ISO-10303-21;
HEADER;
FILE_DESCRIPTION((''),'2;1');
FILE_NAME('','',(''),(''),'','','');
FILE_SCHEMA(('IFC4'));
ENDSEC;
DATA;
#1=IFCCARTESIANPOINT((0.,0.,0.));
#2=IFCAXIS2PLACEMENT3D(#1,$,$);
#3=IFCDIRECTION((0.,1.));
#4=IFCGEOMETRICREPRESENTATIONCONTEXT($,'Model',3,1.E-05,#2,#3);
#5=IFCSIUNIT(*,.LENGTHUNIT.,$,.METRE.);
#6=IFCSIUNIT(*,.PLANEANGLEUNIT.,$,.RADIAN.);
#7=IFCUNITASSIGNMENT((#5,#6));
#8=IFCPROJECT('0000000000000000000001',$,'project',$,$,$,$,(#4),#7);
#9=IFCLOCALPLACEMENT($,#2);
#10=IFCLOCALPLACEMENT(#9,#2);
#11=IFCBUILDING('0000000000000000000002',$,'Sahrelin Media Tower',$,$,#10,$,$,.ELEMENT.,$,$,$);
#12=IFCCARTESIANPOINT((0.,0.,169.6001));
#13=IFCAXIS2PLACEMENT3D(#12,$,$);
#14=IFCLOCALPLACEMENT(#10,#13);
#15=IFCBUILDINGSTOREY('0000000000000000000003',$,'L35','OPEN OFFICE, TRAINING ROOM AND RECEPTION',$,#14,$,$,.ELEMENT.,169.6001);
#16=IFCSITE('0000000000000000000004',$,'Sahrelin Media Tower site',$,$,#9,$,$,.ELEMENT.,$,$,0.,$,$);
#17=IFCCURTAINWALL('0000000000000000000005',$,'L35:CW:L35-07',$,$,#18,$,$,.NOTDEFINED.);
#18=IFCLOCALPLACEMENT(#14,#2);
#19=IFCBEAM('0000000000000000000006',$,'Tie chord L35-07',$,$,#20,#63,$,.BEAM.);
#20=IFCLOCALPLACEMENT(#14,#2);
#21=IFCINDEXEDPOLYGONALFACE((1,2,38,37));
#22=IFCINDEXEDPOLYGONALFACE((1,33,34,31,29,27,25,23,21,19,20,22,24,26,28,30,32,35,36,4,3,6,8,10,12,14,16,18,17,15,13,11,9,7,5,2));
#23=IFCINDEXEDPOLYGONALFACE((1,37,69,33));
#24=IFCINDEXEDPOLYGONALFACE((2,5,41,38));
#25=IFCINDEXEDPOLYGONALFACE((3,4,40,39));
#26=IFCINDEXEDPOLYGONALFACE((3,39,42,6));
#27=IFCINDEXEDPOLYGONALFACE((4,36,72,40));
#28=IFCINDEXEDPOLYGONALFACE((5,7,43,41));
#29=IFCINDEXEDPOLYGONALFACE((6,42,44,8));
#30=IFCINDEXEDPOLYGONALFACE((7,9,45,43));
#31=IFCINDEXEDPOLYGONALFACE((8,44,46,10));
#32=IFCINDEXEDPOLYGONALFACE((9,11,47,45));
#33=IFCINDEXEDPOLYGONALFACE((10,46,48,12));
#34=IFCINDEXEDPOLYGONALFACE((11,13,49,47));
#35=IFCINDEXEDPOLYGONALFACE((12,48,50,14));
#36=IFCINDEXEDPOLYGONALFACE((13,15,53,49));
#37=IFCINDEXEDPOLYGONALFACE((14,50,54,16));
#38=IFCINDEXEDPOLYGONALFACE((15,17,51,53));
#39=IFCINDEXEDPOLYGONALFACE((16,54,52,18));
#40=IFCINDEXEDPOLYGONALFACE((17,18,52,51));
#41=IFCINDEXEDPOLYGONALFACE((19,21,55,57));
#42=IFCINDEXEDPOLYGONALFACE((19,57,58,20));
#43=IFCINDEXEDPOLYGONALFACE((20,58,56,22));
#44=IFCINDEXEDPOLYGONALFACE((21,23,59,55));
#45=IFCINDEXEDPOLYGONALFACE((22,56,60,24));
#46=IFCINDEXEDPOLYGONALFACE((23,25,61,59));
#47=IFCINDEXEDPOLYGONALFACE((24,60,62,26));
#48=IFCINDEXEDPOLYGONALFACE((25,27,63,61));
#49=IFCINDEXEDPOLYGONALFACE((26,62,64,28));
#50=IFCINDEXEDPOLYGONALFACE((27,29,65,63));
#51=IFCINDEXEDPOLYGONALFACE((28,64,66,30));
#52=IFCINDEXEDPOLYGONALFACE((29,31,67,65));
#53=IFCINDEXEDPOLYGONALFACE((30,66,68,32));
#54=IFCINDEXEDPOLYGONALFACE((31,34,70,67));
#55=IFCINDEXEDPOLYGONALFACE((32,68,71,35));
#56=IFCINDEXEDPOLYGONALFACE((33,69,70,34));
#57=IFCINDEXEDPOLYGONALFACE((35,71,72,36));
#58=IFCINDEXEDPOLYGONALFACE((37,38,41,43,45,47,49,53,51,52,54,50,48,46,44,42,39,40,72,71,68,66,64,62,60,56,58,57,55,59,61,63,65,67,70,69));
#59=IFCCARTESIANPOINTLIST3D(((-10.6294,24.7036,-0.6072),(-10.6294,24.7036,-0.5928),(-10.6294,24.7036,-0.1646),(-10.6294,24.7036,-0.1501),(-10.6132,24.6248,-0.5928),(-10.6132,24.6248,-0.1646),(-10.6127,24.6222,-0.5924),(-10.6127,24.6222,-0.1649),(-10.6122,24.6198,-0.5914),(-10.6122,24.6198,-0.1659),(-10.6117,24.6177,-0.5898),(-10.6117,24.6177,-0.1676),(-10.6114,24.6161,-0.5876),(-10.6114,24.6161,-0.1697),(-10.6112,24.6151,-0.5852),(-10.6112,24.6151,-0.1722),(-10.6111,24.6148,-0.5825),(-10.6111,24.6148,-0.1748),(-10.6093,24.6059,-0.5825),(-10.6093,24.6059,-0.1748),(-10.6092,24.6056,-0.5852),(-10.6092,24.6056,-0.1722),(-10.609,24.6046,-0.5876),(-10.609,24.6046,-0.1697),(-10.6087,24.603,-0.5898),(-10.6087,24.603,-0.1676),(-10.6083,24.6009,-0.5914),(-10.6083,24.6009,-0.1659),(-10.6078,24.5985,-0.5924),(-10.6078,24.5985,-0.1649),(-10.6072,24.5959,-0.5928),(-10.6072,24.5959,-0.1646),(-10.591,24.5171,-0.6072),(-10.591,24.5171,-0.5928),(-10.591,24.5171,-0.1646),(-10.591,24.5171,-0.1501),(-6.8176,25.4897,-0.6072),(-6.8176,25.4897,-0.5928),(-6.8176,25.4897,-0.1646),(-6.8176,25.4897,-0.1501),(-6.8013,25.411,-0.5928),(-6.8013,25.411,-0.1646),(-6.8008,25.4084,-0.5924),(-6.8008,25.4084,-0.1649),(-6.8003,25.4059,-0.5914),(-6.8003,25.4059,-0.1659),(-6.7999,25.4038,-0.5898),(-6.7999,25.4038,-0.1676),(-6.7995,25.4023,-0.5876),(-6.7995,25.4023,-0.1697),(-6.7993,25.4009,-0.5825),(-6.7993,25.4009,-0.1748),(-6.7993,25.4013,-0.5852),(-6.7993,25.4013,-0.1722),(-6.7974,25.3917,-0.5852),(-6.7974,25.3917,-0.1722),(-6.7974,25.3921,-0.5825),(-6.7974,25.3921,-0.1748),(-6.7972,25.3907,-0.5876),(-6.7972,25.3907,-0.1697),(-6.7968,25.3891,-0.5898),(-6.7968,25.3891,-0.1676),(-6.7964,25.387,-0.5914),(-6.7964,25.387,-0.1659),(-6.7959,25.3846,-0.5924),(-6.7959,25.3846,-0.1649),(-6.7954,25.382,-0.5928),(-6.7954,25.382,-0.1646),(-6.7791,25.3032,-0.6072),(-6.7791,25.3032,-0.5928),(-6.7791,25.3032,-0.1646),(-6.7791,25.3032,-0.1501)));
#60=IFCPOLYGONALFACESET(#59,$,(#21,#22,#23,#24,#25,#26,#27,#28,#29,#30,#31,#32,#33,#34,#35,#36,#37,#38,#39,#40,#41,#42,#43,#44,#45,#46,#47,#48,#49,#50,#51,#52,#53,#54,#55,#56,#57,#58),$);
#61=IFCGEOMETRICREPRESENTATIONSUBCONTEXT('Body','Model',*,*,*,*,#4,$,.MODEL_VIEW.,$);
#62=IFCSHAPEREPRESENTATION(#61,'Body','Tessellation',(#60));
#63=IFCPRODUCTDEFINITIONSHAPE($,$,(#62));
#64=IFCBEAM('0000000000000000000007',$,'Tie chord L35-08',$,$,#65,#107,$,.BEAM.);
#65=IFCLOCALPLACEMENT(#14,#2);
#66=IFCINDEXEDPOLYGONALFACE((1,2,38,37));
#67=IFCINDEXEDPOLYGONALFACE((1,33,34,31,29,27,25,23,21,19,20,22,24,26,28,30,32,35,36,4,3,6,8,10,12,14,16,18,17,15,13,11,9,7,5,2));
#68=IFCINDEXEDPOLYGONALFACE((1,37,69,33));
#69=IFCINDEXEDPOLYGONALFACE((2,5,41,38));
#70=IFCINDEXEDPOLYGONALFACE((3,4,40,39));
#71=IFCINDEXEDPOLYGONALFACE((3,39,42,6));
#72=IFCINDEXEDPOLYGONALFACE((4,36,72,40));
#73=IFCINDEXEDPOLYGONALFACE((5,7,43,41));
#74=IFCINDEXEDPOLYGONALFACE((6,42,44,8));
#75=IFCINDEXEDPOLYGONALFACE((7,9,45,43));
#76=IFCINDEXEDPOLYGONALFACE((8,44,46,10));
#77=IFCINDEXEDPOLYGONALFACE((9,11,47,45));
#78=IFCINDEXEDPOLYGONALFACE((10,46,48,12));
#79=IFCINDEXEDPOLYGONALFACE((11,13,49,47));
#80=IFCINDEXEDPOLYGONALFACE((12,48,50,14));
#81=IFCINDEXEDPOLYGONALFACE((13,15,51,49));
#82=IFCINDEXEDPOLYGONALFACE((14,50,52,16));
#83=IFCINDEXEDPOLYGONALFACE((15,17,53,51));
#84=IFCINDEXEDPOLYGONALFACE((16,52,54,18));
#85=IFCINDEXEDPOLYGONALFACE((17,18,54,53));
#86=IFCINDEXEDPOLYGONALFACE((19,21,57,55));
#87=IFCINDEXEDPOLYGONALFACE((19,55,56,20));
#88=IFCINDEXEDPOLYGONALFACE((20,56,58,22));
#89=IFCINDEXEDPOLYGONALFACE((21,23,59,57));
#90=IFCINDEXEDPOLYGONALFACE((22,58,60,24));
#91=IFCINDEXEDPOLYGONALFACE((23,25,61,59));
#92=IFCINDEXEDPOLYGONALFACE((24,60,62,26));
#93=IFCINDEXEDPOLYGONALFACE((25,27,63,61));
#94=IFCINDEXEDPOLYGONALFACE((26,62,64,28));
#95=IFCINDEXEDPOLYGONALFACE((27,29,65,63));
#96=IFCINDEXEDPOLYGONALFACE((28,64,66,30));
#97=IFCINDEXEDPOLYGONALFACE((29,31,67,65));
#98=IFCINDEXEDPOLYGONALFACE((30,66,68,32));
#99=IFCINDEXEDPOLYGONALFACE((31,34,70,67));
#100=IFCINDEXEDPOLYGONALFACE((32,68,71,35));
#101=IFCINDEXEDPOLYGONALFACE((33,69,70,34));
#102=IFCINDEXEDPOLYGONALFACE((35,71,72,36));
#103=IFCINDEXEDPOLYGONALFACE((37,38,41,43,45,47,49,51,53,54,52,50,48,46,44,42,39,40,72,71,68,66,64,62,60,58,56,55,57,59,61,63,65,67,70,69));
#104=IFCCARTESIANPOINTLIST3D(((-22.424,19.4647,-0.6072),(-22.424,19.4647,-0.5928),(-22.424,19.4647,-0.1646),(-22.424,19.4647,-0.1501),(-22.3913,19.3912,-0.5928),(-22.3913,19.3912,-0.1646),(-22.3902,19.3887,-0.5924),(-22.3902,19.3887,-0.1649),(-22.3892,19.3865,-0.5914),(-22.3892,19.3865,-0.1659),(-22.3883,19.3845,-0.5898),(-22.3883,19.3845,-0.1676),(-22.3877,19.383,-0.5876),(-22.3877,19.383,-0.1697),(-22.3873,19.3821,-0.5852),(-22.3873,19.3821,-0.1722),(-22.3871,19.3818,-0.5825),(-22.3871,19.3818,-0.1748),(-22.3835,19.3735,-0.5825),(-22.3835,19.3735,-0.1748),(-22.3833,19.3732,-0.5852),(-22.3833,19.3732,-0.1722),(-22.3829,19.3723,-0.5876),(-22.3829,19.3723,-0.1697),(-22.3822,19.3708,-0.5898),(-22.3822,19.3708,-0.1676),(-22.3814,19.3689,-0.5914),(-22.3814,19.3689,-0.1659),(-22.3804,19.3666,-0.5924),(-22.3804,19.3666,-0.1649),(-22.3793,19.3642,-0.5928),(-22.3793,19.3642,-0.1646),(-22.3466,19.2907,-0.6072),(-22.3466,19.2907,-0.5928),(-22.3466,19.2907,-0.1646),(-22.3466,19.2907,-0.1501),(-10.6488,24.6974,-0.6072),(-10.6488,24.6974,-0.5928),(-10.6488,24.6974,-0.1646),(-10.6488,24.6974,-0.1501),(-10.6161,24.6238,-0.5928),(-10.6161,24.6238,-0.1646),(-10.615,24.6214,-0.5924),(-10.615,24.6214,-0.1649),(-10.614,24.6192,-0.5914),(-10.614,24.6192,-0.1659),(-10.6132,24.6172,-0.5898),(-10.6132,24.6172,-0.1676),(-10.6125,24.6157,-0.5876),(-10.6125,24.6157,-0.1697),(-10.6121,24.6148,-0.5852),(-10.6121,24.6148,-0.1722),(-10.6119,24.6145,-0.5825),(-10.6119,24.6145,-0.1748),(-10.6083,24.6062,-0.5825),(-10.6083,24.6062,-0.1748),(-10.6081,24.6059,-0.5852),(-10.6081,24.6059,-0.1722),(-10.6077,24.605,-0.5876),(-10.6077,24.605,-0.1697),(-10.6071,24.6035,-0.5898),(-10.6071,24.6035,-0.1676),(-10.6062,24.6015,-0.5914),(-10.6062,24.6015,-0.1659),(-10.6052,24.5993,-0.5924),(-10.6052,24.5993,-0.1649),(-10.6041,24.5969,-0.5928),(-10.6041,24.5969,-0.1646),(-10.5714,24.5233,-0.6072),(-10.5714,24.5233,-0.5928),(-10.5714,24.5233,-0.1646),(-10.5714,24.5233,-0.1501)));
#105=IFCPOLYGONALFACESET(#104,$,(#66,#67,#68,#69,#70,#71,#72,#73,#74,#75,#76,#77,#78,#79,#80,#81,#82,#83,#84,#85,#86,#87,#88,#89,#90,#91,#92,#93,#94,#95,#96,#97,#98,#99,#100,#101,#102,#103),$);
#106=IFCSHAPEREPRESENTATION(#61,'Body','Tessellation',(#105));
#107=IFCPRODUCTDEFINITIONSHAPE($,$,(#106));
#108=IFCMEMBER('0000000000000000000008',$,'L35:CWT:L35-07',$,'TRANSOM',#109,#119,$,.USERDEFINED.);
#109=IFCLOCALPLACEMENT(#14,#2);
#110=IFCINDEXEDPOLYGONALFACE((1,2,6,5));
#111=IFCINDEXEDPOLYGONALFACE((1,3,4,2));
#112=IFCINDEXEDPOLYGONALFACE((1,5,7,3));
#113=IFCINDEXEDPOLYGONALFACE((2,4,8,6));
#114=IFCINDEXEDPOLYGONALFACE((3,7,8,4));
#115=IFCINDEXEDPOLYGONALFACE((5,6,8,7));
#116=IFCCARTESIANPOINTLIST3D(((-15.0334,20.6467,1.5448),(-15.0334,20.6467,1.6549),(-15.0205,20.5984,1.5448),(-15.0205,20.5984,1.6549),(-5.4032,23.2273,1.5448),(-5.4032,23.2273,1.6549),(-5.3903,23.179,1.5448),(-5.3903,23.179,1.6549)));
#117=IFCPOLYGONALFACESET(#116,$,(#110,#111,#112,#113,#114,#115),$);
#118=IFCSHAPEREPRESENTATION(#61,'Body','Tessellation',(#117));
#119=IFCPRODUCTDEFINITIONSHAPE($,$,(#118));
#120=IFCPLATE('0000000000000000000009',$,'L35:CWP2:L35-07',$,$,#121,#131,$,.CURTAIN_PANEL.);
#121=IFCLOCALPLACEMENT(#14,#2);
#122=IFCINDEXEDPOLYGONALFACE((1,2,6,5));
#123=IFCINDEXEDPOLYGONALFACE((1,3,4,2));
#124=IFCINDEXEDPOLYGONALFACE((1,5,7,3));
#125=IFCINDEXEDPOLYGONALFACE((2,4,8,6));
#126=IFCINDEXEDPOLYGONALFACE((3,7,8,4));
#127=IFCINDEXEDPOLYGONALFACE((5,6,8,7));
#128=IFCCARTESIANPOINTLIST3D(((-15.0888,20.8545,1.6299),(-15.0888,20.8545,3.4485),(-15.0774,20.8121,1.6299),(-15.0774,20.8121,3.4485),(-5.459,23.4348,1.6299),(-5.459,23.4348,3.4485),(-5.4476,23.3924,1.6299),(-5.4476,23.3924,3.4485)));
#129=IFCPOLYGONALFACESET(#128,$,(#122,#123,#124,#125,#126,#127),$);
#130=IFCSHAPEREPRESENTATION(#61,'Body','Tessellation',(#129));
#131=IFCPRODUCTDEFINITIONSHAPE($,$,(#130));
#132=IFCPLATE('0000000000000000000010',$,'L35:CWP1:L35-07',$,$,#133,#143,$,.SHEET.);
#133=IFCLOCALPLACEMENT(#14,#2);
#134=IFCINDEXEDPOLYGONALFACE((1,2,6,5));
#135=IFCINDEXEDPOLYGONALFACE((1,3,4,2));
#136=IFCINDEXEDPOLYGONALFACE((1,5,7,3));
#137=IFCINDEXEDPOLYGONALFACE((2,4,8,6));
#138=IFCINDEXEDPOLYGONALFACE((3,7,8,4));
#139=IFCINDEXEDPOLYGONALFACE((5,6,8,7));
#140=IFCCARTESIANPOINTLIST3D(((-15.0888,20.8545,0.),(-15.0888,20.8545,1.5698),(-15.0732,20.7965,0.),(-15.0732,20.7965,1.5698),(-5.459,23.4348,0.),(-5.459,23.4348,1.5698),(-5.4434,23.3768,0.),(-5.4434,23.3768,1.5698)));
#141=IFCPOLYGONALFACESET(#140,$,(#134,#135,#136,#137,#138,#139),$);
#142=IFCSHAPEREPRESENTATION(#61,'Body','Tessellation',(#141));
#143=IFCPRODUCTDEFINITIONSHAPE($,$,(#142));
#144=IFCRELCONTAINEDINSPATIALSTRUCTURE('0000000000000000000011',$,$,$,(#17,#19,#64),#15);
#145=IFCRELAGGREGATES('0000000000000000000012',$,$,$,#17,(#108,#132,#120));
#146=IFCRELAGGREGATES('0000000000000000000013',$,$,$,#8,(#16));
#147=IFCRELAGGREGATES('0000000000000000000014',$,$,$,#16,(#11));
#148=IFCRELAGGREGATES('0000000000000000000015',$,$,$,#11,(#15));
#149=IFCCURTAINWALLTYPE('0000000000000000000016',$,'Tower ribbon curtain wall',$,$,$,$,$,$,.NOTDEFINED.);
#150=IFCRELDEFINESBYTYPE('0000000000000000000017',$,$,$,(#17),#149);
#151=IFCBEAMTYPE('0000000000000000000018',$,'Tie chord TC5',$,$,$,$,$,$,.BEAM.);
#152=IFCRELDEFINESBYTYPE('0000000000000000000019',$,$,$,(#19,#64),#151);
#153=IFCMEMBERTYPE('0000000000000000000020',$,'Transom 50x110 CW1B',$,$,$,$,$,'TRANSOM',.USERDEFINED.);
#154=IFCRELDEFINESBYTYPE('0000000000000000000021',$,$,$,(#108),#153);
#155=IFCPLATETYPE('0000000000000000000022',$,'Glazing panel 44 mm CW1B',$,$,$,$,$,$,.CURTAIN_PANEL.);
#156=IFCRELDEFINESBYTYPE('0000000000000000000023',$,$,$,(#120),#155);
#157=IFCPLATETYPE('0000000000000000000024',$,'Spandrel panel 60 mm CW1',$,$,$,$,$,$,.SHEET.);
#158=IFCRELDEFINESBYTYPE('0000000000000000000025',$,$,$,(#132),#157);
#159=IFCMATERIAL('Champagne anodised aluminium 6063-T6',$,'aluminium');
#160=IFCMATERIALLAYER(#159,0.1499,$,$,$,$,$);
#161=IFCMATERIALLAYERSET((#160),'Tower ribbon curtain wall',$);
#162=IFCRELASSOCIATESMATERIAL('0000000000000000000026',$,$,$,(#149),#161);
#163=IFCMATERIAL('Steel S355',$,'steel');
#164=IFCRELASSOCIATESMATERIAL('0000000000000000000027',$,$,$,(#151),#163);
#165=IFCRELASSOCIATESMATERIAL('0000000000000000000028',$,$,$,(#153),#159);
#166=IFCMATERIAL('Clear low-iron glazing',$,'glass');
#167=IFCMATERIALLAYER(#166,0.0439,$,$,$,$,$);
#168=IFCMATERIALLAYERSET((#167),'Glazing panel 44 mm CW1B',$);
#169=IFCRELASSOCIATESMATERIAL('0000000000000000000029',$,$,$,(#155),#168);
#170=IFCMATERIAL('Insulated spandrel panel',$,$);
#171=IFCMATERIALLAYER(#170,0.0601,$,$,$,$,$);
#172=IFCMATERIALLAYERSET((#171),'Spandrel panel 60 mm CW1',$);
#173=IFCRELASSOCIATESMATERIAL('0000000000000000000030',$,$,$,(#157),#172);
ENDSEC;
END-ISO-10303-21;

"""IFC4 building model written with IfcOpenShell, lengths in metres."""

from ifc_helpers import new_model, si_unit, direction, frame, origin, origin_2d, place, context, subcontext, project, spatial, polyline, rectangle, i_section, outline, extrude, material, layer, layer_set, material_profile, profile_set, type_object, element, aggregate, save


model = new_model("IFC4")

# Units and contexts
model_context = context("Model", 3, precision=1e-05, world=origin(), true_north=direction((0.0, 1.0)))
body_context = subcontext(model_context, "Body", "Model", "MODEL_VIEW")
ifc_project = project(units=[si_unit("LENGTHUNIT", "METRE"), si_unit("PLANEANGLEUNIT", "RADIAN")], contexts=[model_context])

# Site, building, storey
site_placement = place(None, origin())
site = spatial("IfcSite", under=ifc_project, at=site_placement, Name="Sahrelin Media Tower site", CompositionType="ELEMENT", RefElevation=0.0)
building_placement = place(site_placement, origin())
building = spatial("IfcBuilding", under=site, at=building_placement, Name="Sahrelin Media Tower", CompositionType="ELEMENT")
storey_placement = place(building_placement, frame((0.0, 0.0, 169.6001)))
storey = spatial("IfcBuildingStorey", under=building, at=storey_placement, Name="L35", Description="OPEN OFFICE, TRAINING ROOM AND RECEPTION", CompositionType="ELEMENT", Elevation=169.6001)

# Shared definitions
ifc_material_1 = material(Name="Steel S355", Category="steel")

# Curtain wall
ifc_material_2 = material(Name="Champagne anodised aluminium 6063-T6", Category="aluminium")
ifc_layer_1 = layer(ifc_material_2, 0.1499)
ifc_layer_set_1 = layer_set([ifc_layer_1], Name="Tower ribbon curtain wall")
curtain_wall_type = type_object("IfcCurtainWallType", Name="Tower ribbon curtain wall", PredefinedType="NOTDEFINED", material=ifc_layer_set_1)
curtain_wall_1_placement = place(storey_placement, frame((-10.2688, 22.1255, 0.0), z_axis=(0.0, 0.0, 1.0), x_axis=(1.0, 0.0, 0.0)))
curtain_wall_1 = element("IfcCurtainWall", 1, at=curtain_wall_1_placement, inside=storey, type_object=curtain_wall_type, Name="L35:CW:L35-07", PredefinedType="NOTDEFINED")

# Beams
ifc_material_profile_1 = material_profile(ifc_material_1, i_section(OverallWidth=0.1904, OverallDepth=0.457, WebThickness=0.009, FlangeThickness=0.0144, FilletRadius=0.0103, at=origin_2d()), Name="UB 457x191x74")
ifc_profile_set_1 = profile_set([ifc_material_profile_1], Name="Steel S355")
beam_type_1 = type_object("IfcBeamType", Name="Tie chord TC5", PredefinedType="BEAM", material=ifc_profile_set_1)
beam_1_placement = place(storey_placement, frame((-6.7983, 25.3965, -0.3787), z_axis=(-0.979388, -0.201987, 0.0), x_axis=(0.201987, -0.979388, 0.0)))
element("IfcBeam", 2, at=beam_1_placement, inside=storey, type_object=beam_type_1, Name="Tie chord L35-07", PredefinedType="BEAM", context=body_context, shape_type="SweptSolid", body=[
    extrude(i_section(OverallWidth=0.1904, OverallDepth=0.457, WebThickness=0.009, FlangeThickness=0.0144, FilletRadius=0.0103, at=origin_2d()), origin(), (0.0, 0.0, 1.0), 3.8921),
])
beam_2_placement = place(storey_placement, frame((-10.6101, 24.6104, -0.3787), z_axis=(-0.913833, -0.406091, 0.0), x_axis=(0.406091, -0.913833, 0.0)))
element("IfcBeam", 3, at=beam_2_placement, inside=storey, type_object=beam_type_1, Name="Tie chord L35-08", PredefinedType="BEAM", context=body_context, shape_type="SweptSolid", body=[
    extrude(i_section(OverallWidth=0.1904, OverallDepth=0.457, WebThickness=0.009, FlangeThickness=0.0144, FilletRadius=0.0103, at=origin_2d()), origin(), (0.0, 0.0, 1.0), 12.8855),
])

# Member
ifc_material_profile_2 = material_profile(ifc_material_2, rectangle(XDim=0.05, YDim=0.1101, at=origin_2d()), Name="Transom 50x110")
ifc_profile_set_2 = profile_set([ifc_material_profile_2], Name="Champagne anodised aluminium 6063-T6")
member_type_1 = type_object("IfcMemberType", Name="Transom 50x110 CW1B", ElementType="TRANSOM", PredefinedType="USERDEFINED", material=ifc_profile_set_2)
member_1_placement = place(storey_placement, frame((-5.3967, 23.2031, 1.5999), z_axis=(-0.965921, -0.258836, 0.0), x_axis=(0.258836, -0.965921, 0.0)))
member_1 = element("IfcMember", 4, at=member_1_placement, type_object=member_type_1, Name="L35:CWT:L35-07", ObjectType="TRANSOM", PredefinedType="USERDEFINED", context=body_context, shape_type="SweptSolid", body=[
    extrude(rectangle(XDim=0.05, YDim=0.1101, at=origin_2d()), origin(), (0.0, 0.0, 1.0), 9.97),
])

# Plates
ifc_material_3 = material(Name="Clear low-iron glazing", Category="glass")
ifc_layer_2 = layer(ifc_material_3, 0.0439)
ifc_layer_set_2 = layer_set([ifc_layer_2], Name="Glazing panel 44 mm CW1B")
plate_type_1 = type_object("IfcPlateType", Name="Glazing panel 44 mm CW1B", PredefinedType="CURTAIN_PANEL", material=ifc_layer_set_2)
plate_1_placement = place(storey_placement, frame((-5.459, 23.4348, 1.6299), z_axis=(-0.258819, 0.965926, 0.0), x_axis=(-0.965926, -0.258819, 0.0)))
plate_1 = element("IfcPlate", 5, at=plate_1_placement, type_object=plate_type_1, Name="L35:CWP2:L35-07", PredefinedType="CURTAIN_PANEL", context=body_context, shape_type="SweptSolid", body=[
    extrude(outline(polyline([(0.0, 0.0), (9.9695, 0.0), (9.9695, 1.8186), (0.0, 1.8186), (0.0, 0.0)])), origin(), (0.0, 0.0, -1.0), 0.0439),
])
ifc_material_4 = material(Name="Insulated spandrel panel")
ifc_layer_3 = layer(ifc_material_4, 0.0601)
ifc_layer_set_3 = layer_set([ifc_layer_3], Name="Spandrel panel 60 mm CW1")
plate_type_2 = type_object("IfcPlateType", Name="Spandrel panel 60 mm CW1", PredefinedType="SHEET", material=ifc_layer_set_3)
plate_2_placement = place(storey_placement, frame((-5.459, 23.4348, 0.0), z_axis=(-0.258819, 0.965926, 0.0), x_axis=(-0.965926, -0.258819, 0.0)))
plate_2 = element("IfcPlate", 6, at=plate_2_placement, type_object=plate_type_2, Name="L35:CWP1:L35-07", PredefinedType="SHEET", context=body_context, shape_type="SweptSolid", body=[
    extrude(outline(polyline([(0.0, 0.0), (9.9695, 0.0), (9.9695, 1.5698), (0.0, 1.5698), (0.0, 0.0)])), origin(), (0.0, 0.0, -1.0), 0.0601),
])
aggregate(curtain_wall_1, [member_1, plate_2, plate_1])

save(model, "model.ifc")
